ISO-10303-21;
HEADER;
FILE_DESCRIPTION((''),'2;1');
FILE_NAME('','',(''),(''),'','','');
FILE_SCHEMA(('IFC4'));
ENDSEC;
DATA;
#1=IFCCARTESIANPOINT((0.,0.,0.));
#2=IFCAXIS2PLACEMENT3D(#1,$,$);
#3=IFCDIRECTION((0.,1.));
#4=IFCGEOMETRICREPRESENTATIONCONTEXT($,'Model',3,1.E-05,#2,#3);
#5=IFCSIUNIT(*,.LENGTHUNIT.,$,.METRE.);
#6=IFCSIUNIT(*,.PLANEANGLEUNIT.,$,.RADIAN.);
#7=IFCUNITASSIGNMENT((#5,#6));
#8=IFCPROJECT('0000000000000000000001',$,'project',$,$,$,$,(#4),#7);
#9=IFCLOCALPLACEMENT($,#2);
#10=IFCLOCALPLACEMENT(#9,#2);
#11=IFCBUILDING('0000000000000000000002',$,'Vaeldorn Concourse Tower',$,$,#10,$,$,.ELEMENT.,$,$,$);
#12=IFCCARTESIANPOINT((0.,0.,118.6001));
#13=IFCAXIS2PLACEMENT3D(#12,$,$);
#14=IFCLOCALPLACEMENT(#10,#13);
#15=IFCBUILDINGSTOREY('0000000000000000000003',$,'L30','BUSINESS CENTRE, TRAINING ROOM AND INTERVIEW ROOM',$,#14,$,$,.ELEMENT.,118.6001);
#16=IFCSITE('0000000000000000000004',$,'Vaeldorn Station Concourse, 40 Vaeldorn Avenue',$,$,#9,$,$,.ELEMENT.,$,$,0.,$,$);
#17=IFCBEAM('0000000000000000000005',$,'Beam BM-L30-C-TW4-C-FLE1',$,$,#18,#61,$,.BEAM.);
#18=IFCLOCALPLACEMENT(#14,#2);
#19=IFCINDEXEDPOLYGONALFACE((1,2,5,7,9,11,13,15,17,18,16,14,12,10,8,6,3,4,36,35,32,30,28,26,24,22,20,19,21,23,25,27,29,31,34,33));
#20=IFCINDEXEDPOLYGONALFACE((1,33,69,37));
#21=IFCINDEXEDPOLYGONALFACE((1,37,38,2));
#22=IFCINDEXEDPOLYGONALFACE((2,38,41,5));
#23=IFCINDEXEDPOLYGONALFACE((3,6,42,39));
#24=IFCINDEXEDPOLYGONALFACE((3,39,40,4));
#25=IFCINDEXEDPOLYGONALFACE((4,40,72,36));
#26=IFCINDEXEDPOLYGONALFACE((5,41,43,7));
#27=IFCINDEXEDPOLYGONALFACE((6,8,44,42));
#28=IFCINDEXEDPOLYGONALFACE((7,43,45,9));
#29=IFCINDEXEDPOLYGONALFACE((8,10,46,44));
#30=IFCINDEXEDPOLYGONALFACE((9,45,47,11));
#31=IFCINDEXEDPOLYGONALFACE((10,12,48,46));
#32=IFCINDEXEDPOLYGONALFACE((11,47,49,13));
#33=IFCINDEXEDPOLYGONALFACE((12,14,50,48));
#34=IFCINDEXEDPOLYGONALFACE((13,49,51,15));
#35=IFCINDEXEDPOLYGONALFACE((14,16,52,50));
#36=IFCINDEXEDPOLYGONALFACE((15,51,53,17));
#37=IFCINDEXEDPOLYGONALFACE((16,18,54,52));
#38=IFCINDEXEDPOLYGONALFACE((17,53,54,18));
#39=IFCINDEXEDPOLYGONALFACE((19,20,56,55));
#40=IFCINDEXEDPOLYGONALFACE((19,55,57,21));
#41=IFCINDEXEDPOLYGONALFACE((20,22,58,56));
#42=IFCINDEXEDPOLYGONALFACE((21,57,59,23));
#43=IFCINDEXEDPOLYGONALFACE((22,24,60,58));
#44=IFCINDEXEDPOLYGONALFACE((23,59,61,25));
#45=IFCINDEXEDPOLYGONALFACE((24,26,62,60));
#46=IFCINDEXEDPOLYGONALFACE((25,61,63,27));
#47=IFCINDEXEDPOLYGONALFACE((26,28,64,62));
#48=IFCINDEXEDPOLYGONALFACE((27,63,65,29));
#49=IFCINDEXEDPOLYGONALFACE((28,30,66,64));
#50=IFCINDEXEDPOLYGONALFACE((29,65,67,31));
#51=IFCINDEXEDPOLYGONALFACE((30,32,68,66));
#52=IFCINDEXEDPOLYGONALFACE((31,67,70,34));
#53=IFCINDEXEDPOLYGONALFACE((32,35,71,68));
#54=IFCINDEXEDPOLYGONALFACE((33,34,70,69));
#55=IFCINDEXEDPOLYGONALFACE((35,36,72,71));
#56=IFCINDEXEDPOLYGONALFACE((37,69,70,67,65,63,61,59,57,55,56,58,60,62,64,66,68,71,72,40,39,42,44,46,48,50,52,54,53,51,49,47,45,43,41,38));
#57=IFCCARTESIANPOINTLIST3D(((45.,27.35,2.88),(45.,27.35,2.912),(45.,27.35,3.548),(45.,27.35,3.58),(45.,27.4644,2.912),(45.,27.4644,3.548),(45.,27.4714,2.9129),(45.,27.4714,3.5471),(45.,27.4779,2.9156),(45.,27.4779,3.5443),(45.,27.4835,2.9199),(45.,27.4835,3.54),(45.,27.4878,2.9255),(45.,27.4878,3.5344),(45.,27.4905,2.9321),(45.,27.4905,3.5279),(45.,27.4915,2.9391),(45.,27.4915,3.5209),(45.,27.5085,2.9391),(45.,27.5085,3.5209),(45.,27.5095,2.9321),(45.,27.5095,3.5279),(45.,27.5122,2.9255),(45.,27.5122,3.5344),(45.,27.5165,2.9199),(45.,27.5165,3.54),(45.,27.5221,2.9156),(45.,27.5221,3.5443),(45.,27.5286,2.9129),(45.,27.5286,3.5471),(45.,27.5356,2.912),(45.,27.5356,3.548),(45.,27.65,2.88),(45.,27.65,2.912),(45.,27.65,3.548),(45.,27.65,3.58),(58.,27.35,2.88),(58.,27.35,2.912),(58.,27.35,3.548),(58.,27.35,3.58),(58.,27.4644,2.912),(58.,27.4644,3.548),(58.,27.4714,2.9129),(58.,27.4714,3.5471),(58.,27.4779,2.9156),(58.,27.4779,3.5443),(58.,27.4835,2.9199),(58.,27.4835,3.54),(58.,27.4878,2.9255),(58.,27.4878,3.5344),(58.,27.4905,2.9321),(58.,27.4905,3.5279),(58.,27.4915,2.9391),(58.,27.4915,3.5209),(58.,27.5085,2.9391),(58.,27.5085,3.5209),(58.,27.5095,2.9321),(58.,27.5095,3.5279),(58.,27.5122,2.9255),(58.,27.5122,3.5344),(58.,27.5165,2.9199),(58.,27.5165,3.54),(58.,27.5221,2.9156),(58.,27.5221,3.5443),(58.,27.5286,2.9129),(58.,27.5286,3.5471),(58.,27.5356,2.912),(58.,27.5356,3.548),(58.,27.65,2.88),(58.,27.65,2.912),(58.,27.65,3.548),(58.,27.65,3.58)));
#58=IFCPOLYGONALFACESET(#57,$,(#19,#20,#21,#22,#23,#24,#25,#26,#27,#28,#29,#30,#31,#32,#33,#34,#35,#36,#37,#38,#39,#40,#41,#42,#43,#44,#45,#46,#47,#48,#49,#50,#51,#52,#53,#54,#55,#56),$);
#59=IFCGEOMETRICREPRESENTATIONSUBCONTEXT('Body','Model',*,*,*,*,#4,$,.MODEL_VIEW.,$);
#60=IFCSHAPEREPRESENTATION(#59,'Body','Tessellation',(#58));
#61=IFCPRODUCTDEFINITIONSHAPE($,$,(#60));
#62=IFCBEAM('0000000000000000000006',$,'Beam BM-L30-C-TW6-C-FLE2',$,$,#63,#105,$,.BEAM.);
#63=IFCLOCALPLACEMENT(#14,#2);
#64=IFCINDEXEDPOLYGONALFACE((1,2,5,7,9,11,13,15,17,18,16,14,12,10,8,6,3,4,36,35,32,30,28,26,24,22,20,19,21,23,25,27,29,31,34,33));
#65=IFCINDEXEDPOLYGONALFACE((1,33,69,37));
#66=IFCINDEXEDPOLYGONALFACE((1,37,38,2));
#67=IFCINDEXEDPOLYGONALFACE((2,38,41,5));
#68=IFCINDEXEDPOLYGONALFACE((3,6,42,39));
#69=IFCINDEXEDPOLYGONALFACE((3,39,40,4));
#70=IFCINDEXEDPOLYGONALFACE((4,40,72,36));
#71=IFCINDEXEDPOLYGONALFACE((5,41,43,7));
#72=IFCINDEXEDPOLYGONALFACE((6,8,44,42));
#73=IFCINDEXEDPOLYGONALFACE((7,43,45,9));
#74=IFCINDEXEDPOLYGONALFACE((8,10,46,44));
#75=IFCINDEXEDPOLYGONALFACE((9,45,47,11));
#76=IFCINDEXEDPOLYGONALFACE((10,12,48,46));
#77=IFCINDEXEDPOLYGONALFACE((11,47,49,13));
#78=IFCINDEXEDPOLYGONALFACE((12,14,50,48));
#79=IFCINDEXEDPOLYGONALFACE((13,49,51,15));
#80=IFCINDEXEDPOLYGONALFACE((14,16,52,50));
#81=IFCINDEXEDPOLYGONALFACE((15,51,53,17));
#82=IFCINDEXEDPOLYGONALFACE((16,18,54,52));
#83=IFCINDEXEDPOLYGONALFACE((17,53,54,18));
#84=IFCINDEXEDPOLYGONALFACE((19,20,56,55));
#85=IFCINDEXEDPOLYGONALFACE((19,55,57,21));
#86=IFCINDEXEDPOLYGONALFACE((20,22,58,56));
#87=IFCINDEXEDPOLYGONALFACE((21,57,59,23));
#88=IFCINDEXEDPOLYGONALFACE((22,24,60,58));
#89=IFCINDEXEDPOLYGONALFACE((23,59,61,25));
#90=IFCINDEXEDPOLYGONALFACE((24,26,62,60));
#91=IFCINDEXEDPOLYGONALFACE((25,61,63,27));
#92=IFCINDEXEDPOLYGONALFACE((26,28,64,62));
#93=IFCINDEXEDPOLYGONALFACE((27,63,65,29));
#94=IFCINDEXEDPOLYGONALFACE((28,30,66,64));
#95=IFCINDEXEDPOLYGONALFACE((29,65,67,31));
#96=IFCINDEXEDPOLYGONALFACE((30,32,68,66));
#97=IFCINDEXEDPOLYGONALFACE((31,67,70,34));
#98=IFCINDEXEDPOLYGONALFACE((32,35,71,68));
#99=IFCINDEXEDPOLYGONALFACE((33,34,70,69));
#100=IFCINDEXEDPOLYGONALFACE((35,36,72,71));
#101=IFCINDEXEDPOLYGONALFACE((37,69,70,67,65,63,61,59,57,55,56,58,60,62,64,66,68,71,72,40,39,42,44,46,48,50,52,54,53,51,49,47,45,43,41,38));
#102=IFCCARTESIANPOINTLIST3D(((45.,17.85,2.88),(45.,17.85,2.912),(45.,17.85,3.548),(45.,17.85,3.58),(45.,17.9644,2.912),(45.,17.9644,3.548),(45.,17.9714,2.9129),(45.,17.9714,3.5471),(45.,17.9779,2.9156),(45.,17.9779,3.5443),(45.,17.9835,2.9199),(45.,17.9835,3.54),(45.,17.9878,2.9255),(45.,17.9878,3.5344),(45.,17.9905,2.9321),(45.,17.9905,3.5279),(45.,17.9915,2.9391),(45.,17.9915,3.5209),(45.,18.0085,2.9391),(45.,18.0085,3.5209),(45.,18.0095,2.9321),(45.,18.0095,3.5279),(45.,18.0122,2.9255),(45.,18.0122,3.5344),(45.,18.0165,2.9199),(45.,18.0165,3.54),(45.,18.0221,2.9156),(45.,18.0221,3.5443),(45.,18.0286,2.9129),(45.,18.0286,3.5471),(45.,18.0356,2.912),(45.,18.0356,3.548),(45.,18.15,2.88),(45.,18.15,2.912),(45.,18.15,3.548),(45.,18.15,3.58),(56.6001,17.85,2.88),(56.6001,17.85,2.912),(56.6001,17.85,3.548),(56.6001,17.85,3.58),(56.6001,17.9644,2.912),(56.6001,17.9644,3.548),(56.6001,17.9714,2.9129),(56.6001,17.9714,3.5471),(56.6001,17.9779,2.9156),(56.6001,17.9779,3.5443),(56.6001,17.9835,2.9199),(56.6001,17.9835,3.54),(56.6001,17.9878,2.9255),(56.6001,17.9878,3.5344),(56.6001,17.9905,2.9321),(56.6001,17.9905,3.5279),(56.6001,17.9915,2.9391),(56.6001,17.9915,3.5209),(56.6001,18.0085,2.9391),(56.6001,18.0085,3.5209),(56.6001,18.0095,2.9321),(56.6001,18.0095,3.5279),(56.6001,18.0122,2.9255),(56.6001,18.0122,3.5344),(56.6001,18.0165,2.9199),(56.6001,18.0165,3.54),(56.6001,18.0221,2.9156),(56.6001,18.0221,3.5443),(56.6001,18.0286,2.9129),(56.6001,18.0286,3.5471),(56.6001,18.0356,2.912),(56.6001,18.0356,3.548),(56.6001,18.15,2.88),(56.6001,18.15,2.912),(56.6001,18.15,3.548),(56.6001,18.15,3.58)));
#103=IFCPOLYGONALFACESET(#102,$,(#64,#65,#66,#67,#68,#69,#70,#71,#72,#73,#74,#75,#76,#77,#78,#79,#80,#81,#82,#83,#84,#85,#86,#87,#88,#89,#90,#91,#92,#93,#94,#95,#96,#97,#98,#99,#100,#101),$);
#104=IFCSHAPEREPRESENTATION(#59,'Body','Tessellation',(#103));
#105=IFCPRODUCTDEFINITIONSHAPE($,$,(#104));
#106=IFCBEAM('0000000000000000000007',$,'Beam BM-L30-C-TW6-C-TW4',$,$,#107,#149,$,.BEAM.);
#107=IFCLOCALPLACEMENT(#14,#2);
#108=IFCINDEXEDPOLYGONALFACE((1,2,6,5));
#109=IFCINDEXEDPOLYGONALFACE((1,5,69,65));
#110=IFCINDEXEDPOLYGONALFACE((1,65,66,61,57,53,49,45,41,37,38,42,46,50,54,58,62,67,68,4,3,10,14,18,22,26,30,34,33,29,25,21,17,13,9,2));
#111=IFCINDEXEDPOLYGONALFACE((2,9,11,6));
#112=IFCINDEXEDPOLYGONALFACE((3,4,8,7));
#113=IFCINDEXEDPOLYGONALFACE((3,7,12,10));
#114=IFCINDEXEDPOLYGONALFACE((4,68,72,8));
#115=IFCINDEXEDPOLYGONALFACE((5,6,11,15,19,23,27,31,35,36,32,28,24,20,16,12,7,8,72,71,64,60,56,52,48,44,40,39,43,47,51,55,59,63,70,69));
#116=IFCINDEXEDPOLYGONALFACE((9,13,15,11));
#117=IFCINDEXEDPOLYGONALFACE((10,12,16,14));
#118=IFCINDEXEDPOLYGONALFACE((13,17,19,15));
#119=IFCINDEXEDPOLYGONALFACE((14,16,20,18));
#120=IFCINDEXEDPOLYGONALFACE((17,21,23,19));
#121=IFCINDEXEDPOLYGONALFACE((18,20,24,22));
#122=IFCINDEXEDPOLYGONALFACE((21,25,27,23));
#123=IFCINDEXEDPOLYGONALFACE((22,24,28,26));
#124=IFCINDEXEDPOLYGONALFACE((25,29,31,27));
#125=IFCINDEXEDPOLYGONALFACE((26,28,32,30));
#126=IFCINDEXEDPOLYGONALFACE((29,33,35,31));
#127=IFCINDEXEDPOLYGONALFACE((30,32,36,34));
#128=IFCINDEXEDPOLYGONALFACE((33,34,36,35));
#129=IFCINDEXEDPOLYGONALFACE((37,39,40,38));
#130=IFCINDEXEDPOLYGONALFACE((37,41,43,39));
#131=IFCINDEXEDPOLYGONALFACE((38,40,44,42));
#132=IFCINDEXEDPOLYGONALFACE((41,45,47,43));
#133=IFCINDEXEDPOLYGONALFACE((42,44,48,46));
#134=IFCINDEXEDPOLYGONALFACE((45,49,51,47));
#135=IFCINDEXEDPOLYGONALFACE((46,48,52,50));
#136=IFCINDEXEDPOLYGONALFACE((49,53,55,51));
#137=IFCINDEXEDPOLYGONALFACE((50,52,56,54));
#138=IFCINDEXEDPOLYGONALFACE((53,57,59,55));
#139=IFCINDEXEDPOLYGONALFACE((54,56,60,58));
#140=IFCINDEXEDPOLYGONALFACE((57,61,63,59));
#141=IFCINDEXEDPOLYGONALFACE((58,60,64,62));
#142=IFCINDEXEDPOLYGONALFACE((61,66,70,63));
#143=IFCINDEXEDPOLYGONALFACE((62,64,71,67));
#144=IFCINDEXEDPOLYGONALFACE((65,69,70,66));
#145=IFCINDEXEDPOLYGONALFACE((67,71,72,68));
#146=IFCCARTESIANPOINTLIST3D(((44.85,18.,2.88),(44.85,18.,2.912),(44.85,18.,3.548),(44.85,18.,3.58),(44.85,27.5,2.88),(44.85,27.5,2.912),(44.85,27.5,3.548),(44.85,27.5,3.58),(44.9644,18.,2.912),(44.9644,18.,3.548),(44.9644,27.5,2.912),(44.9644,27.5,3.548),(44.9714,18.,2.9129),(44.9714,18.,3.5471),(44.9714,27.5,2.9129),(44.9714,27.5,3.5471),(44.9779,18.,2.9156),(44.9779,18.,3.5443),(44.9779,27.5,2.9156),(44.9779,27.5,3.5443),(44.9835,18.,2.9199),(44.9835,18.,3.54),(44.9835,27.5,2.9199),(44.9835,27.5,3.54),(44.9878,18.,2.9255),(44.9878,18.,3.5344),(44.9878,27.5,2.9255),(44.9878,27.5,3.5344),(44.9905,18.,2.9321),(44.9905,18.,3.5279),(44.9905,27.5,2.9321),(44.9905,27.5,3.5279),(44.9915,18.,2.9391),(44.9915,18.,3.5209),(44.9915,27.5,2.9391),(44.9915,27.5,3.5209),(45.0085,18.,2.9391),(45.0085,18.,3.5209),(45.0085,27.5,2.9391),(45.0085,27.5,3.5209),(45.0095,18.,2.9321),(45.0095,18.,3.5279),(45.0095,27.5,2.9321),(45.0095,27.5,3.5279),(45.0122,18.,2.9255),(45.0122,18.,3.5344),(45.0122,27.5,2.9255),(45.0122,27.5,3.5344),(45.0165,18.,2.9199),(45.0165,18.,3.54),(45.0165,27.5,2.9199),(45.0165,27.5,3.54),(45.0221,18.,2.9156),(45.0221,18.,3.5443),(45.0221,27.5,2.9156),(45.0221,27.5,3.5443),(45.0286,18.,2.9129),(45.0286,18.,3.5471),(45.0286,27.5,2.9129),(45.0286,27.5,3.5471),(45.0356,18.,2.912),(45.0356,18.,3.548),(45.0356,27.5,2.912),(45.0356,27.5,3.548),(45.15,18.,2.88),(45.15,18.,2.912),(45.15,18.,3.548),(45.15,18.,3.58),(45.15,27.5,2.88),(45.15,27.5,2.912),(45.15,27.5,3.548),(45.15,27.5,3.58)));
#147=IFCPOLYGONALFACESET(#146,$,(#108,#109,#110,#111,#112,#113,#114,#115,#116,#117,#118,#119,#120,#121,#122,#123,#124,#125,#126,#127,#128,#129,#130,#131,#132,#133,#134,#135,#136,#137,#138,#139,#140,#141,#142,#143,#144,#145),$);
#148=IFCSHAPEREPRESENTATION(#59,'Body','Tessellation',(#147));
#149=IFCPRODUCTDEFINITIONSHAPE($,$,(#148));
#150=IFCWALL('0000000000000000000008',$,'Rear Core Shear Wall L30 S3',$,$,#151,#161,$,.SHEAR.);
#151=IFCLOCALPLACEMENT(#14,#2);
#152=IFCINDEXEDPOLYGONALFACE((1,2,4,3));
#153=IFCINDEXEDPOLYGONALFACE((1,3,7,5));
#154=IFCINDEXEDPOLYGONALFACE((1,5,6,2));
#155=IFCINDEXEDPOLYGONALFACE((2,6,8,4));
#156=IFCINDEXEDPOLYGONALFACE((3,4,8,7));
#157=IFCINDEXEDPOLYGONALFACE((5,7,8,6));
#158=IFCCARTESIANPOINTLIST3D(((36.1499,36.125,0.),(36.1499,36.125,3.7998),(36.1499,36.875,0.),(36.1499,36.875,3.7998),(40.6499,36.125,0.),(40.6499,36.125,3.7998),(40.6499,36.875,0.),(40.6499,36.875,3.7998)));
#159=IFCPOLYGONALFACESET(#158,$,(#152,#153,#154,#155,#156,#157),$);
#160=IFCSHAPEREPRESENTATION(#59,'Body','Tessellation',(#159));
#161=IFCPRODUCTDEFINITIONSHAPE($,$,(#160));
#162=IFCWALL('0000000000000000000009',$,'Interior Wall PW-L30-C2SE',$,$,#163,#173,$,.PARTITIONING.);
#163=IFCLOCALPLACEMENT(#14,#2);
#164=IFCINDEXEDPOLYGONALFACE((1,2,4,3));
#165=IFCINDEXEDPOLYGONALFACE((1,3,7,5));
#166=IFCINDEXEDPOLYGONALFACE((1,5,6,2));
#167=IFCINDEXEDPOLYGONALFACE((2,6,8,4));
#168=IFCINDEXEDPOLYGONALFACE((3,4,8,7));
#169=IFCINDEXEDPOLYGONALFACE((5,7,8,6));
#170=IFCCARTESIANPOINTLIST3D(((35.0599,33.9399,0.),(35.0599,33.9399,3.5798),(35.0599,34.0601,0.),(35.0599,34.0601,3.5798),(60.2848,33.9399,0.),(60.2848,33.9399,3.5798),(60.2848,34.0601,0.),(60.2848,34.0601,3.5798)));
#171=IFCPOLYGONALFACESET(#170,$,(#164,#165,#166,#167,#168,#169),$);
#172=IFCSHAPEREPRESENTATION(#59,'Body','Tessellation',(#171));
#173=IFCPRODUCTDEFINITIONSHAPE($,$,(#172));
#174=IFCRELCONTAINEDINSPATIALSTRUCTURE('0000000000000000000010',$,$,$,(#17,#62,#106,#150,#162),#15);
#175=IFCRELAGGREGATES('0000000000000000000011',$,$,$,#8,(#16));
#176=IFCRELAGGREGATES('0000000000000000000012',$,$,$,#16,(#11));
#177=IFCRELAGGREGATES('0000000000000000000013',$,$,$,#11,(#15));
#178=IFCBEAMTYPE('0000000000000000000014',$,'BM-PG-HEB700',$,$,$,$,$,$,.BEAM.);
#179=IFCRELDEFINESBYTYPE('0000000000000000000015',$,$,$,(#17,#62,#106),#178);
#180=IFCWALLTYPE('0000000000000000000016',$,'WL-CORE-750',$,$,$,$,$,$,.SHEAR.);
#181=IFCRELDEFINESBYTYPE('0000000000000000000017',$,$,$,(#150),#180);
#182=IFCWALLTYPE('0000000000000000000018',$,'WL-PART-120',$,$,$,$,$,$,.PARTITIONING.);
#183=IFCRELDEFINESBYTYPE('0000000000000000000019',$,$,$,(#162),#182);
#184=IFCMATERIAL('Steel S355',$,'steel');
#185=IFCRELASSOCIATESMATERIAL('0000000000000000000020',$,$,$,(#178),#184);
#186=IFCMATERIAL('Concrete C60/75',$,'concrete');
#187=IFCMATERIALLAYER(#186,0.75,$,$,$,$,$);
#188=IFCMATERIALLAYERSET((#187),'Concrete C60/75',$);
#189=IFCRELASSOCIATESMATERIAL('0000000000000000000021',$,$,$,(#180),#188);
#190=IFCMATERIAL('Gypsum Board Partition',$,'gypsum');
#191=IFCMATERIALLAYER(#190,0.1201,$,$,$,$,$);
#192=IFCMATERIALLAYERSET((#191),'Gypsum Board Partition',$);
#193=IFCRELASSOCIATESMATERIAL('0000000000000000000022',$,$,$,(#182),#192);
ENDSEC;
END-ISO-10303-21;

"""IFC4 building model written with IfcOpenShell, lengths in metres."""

from ifc_helpers import new_model, si_unit, direction, frame, frame_2d, origin, origin_2d, place, context, subcontext, project, spatial, rectangle, i_section, extrude, source, transform, mapped, material, layer, layer_set, material_profile, profile_set, type_object, element, save


model = new_model("IFC4")

# Units and contexts
model_context = context("Model", 3, precision=1e-05, world=origin(), true_north=direction((0.0, 1.0)))
body_context = subcontext(model_context, "Body", "Model", "MODEL_VIEW")
ifc_project = project(units=[si_unit("LENGTHUNIT", "METRE"), si_unit("PLANEANGLEUNIT", "RADIAN")], contexts=[model_context])

# Site, building, storey
site_placement = place(None, origin())
site = spatial("IfcSite", under=ifc_project, at=site_placement, Name="Vaeldorn Station Concourse, 40 Vaeldorn Avenue", CompositionType="ELEMENT", RefElevation=0.0)
building_placement = place(site_placement, origin())
building = spatial("IfcBuilding", under=site, at=building_placement, Name="Vaeldorn Concourse Tower", CompositionType="ELEMENT")
storey_placement = place(building_placement, frame((0.0, 0.0, 118.6001)))
storey = spatial("IfcBuildingStorey", under=building, at=storey_placement, Name="L30", Description="BUSINESS CENTRE, TRAINING ROOM AND INTERVIEW ROOM", CompositionType="ELEMENT", Elevation=118.6001)

# Beams
ifc_material_1 = material(Name="Steel S355", Category="steel")
ifc_material_profile_1 = material_profile(ifc_material_1, i_section(OverallWidth=0.3, OverallDepth=0.7, WebThickness=0.0171, FlangeThickness=0.032, FilletRadius=0.0271, at=origin_2d()), Name="HEB 700")
ifc_profile_set_1 = profile_set([ifc_material_profile_1], Name="Steel S355")
beam_type_1 = type_object("IfcBeamType", Name="BM-PG-HEB700", PredefinedType="BEAM", material=ifc_profile_set_1)
shared_shape_1 = source(origin(), body_context, "Body", "SweptSolid", [
    extrude(i_section(OverallWidth=0.3, OverallDepth=0.7, WebThickness=0.0171, FlangeThickness=0.032, FilletRadius=0.0271, at=origin_2d()), origin(), (0.0, 0.0, 1.0), 13.0),
])
beam_1_placement = place(storey_placement, frame((45.0, 27.5, 3.23), z_axis=(1.0, 0.0, 0.0), x_axis=(0.0, 1.0, 0.0)))
element("IfcBeam", 1, at=beam_1_placement, inside=storey, type_object=beam_type_1, Name="Beam BM-L30-C-TW4-C-FLE1", PredefinedType="BEAM", context=body_context, shape_type="MappedRepresentation", body=[
    mapped(shared_shape_1, transform((0.0, 0.0, 0.0), scale=1.0)),
])
shared_shape_2 = source(origin(), body_context, "Body", "SweptSolid", [
    extrude(i_section(OverallWidth=0.3, OverallDepth=0.7, WebThickness=0.0171, FlangeThickness=0.032, FilletRadius=0.0271, at=origin_2d()), origin(), (0.0, 0.0, 1.0), 11.6001),
])
beam_2_placement = place(storey_placement, frame((45.0, 18.0, 3.23), z_axis=(1.0, 0.0, 0.0), x_axis=(0.0, 1.0, 0.0)))
element("IfcBeam", 2, at=beam_2_placement, inside=storey, type_object=beam_type_1, Name="Beam BM-L30-C-TW6-C-FLE2", PredefinedType="BEAM", context=body_context, shape_type="MappedRepresentation", body=[
    mapped(shared_shape_2, transform((0.0, 0.0, 0.0), scale=1.0)),
])
shared_shape_3 = source(origin(), body_context, "Body", "SweptSolid", [
    extrude(i_section(OverallWidth=0.3, OverallDepth=0.7, WebThickness=0.0171, FlangeThickness=0.032, FilletRadius=0.0271, at=origin_2d()), origin(), (0.0, 0.0, 1.0), 9.5),
])
beam_3_placement = place(storey_placement, frame((45.0, 18.0, 3.23), z_axis=(0.0, 1.0, 0.0), x_axis=(-1.0, 0.0, 0.0)))
element("IfcBeam", 3, at=beam_3_placement, inside=storey, type_object=beam_type_1, Name="Beam BM-L30-C-TW6-C-TW4", PredefinedType="BEAM", context=body_context, shape_type="MappedRepresentation", body=[
    mapped(shared_shape_3, transform((0.0, 0.0, 0.0), scale=1.0)),
])

# Walls
ifc_material_2 = material(Name="Concrete C60/75", Category="concrete")
ifc_layer_1 = layer(ifc_material_2, 0.75)
ifc_layer_set_1 = layer_set([ifc_layer_1], Name="Concrete C60/75")
wall_type_1 = type_object("IfcWallType", Name="WL-CORE-750", PredefinedType="SHEAR", material=ifc_layer_set_1)
wall_1_placement = place(storey_placement, frame((36.1499, 36.5, 0.0), z_axis=(0.0, 0.0, 1.0), x_axis=(1.0, 0.0, 0.0)))
element("IfcWall", 4, at=wall_1_placement, inside=storey, type_object=wall_type_1, Name="Rear Core Shear Wall L30 S3", PredefinedType="SHEAR", context=body_context, shape_type="SweptSolid", body=[
    extrude(rectangle(XDim=4.5, YDim=0.75, at=frame_2d((2.25, 0.0))), origin(), (0.0, 0.0, 1.0), 3.7998),
])
ifc_material_3 = material(Name="Gypsum Board Partition", Category="gypsum")
ifc_layer_2 = layer(ifc_material_3, 0.1201)
ifc_layer_set_2 = layer_set([ifc_layer_2], Name="Gypsum Board Partition")
wall_type_2 = type_object("IfcWallType", Name="WL-PART-120", PredefinedType="PARTITIONING", material=ifc_layer_set_2)
wall_2_placement = place(storey_placement, frame((35.0601, 34.0, 0.0), z_axis=(0.0, 0.0, 1.0), x_axis=(1.0, 0.0, 0.0)))
element("IfcWall", 5, at=wall_2_placement, inside=storey, type_object=wall_type_2, Name="Interior Wall PW-L30-C2SE", PredefinedType="PARTITIONING", context=body_context, shape_type="SweptSolid", body=[
    extrude(rectangle(XDim=25.2249, YDim=0.1201, at=frame_2d((12.6123, 0.0))), origin(), (0.0, 0.0, 1.0), 3.5798),
])

save(model, "model.ifc")
